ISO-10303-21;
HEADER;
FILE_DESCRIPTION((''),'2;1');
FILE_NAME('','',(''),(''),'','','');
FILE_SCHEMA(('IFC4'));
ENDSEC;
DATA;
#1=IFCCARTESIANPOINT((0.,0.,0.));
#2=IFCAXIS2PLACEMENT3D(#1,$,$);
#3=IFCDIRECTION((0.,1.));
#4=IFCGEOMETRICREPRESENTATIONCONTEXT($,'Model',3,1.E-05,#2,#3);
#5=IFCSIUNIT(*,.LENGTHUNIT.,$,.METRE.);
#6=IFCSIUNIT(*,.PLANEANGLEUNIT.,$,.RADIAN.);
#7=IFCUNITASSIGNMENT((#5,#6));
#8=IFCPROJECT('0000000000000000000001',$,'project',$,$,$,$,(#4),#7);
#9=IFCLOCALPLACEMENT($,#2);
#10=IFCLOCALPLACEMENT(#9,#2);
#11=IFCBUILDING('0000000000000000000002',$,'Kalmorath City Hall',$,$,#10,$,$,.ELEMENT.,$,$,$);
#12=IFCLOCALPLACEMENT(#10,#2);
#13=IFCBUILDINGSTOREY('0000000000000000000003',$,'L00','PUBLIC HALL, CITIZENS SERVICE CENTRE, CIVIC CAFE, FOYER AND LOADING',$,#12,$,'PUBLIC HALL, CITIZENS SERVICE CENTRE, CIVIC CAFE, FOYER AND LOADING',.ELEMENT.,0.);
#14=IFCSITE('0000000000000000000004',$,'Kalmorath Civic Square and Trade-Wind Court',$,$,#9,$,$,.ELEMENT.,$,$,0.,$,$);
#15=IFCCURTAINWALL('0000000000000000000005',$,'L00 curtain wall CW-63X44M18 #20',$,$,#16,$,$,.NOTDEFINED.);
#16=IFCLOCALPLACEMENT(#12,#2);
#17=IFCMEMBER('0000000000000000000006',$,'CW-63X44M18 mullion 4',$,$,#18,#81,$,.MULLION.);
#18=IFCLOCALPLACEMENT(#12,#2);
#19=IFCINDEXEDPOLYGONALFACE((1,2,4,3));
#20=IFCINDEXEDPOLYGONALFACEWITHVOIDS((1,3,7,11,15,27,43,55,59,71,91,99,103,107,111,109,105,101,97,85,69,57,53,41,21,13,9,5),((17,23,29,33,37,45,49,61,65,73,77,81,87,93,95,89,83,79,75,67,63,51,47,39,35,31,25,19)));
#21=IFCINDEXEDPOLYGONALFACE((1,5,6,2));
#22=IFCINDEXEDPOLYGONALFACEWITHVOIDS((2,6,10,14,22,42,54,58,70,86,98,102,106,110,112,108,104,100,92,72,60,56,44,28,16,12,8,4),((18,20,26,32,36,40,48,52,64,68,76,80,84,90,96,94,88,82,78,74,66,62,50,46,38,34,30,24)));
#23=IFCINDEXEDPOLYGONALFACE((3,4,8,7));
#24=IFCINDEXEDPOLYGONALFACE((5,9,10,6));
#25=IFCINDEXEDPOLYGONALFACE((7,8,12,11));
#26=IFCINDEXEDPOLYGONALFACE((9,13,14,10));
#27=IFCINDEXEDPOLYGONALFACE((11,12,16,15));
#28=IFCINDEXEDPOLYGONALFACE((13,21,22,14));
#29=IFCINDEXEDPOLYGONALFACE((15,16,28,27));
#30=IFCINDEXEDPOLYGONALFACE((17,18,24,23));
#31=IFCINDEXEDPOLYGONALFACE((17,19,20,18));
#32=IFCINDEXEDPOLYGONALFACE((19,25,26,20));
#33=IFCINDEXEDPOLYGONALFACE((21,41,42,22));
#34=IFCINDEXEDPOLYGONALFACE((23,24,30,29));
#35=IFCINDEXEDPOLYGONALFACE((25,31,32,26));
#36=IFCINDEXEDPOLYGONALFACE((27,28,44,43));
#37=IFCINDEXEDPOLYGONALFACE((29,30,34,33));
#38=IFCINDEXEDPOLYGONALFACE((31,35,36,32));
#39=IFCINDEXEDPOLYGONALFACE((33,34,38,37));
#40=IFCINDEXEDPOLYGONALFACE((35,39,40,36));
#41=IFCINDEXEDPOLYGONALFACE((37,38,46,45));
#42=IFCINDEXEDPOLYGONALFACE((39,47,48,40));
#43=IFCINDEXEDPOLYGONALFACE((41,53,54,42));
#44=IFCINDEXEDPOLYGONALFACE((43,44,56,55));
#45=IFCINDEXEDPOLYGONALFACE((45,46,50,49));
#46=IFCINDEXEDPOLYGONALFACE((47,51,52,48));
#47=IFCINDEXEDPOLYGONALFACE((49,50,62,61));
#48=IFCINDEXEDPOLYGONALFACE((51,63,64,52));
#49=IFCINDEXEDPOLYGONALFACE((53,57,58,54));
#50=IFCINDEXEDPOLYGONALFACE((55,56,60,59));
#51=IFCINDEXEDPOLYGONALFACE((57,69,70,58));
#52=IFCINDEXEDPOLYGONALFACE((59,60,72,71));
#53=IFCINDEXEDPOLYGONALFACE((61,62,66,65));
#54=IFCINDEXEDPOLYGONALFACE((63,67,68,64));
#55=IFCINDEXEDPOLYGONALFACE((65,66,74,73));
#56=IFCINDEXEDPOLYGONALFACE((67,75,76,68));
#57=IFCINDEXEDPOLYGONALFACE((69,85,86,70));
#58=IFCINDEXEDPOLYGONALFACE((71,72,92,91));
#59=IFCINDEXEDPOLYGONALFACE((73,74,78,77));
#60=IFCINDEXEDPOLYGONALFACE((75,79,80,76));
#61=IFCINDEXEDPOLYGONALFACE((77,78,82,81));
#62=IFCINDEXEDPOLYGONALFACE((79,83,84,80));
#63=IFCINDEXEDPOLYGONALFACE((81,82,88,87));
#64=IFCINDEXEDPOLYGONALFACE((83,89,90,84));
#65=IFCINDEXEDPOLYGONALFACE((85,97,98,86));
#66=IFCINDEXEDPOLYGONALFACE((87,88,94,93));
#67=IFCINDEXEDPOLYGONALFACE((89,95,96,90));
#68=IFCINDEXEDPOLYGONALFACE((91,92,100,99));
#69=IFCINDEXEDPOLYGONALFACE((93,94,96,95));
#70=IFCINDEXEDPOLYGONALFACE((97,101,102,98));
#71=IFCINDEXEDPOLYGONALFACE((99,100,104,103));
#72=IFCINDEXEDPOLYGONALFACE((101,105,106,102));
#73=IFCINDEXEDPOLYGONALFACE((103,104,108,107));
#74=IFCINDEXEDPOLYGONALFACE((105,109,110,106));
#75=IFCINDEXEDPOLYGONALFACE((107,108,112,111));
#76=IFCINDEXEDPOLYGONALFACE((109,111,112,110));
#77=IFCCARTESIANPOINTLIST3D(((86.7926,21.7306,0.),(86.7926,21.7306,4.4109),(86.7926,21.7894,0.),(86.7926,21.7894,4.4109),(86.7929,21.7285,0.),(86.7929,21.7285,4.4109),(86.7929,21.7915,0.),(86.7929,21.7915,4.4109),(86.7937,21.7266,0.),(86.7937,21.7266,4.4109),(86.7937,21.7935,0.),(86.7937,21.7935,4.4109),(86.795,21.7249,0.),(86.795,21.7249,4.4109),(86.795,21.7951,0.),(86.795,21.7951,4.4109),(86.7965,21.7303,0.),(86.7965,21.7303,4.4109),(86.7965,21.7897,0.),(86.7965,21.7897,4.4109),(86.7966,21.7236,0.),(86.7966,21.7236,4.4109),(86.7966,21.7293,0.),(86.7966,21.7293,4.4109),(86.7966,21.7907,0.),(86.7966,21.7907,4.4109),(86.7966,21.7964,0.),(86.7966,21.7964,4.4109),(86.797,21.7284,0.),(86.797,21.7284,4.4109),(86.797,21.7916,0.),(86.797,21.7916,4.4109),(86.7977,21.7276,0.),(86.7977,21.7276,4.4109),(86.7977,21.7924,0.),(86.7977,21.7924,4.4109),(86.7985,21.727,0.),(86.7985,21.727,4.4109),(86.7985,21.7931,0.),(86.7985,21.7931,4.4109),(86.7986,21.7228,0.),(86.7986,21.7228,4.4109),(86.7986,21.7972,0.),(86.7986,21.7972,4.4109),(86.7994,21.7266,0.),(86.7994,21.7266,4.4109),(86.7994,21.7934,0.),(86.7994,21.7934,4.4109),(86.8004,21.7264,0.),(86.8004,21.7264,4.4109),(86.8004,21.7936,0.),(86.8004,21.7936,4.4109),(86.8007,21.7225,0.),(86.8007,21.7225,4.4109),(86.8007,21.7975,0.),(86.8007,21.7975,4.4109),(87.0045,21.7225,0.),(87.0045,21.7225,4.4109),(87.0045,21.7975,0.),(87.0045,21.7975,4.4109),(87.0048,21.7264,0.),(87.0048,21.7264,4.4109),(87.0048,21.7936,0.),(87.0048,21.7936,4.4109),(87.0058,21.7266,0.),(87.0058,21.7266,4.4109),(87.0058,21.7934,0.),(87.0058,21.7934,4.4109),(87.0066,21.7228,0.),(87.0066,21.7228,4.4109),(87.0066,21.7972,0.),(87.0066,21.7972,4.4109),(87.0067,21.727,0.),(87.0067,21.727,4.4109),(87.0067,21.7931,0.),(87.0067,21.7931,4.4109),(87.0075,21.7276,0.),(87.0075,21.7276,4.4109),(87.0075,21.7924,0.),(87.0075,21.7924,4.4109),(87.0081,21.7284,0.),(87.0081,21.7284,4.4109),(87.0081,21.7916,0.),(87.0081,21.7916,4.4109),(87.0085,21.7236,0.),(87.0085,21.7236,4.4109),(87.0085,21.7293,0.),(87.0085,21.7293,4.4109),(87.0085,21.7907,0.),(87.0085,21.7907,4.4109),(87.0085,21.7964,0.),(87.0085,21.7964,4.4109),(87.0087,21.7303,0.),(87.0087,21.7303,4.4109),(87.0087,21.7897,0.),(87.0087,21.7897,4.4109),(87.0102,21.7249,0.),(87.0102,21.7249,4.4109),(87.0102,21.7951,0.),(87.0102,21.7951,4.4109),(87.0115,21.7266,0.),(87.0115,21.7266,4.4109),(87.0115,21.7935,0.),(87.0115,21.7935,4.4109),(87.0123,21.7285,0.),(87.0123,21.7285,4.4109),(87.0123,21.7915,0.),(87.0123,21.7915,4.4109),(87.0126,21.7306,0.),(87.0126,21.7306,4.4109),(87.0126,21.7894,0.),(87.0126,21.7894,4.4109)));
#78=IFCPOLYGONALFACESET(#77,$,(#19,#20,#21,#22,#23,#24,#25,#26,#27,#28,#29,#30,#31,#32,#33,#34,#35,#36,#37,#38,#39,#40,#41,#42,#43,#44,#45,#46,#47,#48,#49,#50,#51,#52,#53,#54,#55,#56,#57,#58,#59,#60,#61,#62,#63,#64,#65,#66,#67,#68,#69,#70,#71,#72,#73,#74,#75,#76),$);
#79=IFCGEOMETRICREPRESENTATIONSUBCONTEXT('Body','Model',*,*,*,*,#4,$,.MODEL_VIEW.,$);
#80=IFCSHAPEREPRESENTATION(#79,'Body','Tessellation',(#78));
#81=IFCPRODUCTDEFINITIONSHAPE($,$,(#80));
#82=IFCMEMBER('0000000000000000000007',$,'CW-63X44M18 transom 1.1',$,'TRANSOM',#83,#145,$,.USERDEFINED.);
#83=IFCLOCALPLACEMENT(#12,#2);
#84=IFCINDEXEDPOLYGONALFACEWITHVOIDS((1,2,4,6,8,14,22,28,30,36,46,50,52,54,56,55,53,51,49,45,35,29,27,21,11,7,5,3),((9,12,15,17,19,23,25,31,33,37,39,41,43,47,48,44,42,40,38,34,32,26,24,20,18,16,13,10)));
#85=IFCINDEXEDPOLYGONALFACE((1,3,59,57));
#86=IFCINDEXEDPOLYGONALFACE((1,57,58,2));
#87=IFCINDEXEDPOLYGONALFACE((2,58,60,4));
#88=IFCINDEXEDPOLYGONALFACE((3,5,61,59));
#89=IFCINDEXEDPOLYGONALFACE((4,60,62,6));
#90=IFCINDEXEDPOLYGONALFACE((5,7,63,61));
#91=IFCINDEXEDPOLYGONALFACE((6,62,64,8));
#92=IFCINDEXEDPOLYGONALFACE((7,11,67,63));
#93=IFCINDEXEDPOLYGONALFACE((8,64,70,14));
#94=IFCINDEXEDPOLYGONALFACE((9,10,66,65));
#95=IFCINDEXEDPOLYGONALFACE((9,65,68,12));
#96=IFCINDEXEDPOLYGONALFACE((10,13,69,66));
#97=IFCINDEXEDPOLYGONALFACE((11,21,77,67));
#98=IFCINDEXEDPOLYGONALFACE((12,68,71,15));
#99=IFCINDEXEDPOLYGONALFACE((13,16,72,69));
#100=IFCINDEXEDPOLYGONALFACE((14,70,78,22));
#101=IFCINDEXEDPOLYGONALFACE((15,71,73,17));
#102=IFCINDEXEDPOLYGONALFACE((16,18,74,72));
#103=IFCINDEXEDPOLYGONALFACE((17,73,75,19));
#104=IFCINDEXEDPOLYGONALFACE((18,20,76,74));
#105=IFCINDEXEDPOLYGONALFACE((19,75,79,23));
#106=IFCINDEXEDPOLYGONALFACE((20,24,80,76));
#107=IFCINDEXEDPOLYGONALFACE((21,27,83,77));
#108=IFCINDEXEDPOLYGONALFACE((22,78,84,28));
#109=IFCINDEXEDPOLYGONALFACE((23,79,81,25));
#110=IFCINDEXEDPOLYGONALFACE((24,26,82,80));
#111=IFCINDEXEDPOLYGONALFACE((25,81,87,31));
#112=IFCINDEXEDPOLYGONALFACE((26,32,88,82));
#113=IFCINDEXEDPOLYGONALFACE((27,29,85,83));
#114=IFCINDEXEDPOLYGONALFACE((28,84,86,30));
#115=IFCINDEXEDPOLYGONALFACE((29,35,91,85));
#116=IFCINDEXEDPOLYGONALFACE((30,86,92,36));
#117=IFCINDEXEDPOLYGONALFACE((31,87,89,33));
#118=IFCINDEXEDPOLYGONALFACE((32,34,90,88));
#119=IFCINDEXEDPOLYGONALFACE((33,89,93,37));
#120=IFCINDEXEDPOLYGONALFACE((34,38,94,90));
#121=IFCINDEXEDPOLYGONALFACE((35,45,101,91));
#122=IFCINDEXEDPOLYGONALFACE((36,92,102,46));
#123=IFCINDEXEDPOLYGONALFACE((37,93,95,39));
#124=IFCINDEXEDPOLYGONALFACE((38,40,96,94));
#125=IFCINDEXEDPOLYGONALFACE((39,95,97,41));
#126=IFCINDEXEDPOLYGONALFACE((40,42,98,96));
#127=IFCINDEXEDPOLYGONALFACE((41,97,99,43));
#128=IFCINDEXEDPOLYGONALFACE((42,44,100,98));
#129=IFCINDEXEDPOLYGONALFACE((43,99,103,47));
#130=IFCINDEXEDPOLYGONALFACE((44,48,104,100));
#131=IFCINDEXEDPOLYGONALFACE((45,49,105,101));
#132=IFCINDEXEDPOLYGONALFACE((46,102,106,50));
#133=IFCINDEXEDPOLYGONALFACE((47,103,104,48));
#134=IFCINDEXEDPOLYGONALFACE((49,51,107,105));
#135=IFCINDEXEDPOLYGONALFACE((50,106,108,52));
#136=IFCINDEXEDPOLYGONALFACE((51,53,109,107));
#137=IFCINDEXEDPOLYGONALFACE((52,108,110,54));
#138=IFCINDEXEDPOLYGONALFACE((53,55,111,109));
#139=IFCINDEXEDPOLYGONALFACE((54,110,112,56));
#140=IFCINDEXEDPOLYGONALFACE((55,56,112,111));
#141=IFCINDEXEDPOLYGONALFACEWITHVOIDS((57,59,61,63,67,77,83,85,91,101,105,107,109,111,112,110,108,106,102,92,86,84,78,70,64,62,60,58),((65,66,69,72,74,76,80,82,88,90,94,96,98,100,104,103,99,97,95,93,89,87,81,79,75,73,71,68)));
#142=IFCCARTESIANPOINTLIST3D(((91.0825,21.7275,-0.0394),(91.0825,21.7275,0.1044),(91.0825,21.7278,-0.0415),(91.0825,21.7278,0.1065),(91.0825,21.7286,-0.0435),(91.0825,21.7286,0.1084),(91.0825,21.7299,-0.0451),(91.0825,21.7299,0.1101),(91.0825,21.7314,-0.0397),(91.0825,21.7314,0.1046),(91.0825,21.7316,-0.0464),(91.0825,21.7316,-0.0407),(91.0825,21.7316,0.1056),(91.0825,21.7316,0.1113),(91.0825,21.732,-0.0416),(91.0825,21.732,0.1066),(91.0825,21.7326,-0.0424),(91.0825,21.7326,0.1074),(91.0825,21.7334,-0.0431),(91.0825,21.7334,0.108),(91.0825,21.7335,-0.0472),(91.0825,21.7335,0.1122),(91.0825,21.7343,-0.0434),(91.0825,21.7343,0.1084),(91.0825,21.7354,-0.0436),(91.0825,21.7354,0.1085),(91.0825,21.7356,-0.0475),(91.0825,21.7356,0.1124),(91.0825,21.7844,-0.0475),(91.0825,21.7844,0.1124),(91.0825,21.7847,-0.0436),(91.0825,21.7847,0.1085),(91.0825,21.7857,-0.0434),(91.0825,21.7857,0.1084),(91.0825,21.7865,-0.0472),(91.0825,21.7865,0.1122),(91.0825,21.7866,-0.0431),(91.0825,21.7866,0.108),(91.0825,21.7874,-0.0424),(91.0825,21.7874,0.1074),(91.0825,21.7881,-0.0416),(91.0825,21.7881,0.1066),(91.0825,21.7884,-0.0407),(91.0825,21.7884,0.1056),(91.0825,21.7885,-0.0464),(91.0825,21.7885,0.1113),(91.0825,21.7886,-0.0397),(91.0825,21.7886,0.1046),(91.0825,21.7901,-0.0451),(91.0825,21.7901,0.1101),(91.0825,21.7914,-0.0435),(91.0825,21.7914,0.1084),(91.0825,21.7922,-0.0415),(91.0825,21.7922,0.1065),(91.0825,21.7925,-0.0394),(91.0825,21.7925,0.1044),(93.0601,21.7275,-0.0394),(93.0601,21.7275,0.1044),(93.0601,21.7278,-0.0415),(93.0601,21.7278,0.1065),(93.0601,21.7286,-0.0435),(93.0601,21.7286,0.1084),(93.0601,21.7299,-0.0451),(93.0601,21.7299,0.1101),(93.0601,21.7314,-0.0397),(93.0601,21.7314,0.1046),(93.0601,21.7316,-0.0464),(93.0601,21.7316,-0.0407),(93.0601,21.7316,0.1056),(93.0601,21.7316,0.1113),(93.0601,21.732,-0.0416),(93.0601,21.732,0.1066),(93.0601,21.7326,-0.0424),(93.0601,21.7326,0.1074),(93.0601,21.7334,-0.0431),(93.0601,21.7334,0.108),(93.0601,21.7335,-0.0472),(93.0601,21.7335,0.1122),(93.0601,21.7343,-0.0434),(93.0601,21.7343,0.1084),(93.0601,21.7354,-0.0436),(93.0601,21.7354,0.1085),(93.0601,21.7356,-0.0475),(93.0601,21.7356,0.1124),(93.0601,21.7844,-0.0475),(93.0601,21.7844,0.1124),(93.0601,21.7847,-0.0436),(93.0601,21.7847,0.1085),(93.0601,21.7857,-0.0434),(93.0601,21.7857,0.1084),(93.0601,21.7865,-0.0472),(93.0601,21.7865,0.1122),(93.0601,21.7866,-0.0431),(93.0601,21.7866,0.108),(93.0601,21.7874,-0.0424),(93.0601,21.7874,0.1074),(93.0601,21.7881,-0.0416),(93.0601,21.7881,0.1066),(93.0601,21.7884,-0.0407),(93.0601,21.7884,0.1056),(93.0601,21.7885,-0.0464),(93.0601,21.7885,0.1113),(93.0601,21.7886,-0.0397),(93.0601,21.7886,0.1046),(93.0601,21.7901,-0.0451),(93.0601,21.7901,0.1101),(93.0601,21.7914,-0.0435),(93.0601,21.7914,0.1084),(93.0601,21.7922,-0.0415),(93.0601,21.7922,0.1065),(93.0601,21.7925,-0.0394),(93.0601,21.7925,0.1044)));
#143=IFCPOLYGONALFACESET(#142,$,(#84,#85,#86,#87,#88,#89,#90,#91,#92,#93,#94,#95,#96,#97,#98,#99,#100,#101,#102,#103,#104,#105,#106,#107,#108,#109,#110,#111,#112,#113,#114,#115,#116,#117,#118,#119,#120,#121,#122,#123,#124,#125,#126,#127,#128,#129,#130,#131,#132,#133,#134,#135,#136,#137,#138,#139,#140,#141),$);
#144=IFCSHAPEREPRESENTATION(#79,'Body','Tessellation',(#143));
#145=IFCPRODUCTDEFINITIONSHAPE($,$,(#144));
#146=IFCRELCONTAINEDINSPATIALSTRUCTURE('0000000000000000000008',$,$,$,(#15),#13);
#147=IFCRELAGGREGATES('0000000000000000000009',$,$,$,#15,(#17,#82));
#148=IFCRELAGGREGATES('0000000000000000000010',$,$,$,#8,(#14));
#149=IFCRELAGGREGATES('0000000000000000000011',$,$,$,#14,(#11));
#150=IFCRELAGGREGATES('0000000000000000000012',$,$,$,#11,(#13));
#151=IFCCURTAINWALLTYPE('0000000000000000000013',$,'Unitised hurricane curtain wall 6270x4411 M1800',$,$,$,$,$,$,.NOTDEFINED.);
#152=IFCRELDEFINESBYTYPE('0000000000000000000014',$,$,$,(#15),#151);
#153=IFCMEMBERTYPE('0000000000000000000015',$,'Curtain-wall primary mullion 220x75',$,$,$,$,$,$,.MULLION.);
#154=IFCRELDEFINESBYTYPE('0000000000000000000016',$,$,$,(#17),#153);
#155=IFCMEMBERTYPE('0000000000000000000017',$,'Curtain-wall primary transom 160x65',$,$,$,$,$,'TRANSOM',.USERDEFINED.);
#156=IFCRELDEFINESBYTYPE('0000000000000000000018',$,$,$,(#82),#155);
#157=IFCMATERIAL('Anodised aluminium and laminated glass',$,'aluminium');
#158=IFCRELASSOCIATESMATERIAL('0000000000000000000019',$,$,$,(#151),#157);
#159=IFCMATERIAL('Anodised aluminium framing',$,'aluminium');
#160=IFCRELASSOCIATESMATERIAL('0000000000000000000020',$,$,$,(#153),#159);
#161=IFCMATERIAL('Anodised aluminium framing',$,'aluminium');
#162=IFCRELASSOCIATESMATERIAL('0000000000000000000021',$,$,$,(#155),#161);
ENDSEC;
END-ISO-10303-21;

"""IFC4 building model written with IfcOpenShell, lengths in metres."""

from ifc_helpers import new_model, si_unit, direction, frame, origin, origin_2d, place, context, subcontext, project, spatial, hollow_rectangle, extrude, material, material_profile, profile_set, type_object, element, aggregate, save


model = new_model("IFC4")

# Units and contexts
model_context = context("Model", 3, precision=1e-05, world=origin(), true_north=direction((0.0, 1.0)))
body_context = subcontext(model_context, "Body", "Model", "MODEL_VIEW")
ifc_project = project(units=[si_unit("LENGTHUNIT", "METRE"), si_unit("PLANEANGLEUNIT", "RADIAN")], contexts=[model_context])

# Site, building, storey
site_placement = place(None, origin())
site = spatial("IfcSite", under=ifc_project, at=site_placement, Name="Kalmorath Civic Square and Trade-Wind Court", CompositionType="ELEMENT", RefElevation=0.0)
building_placement = place(site_placement, origin())
building = spatial("IfcBuilding", under=site, at=building_placement, Name="Kalmorath City Hall", CompositionType="ELEMENT")
storey_placement = place(building_placement, origin())
storey = spatial("IfcBuildingStorey", under=building, at=storey_placement, Name="L00", Description="PUBLIC HALL, CITIZENS SERVICE CENTRE, CIVIC CAFE, FOYER AND LOADING", LongName="PUBLIC HALL, CITIZENS SERVICE CENTRE, CIVIC CAFE, FOYER AND LOADING", CompositionType="ELEMENT", Elevation=0.0)

# Curtain wall, members
ifc_material_1 = material(Name="Anodised aluminium and laminated glass", Category="aluminium")
curtain_wall_type = type_object("IfcCurtainWallType", Name="Unitised hurricane curtain wall 6270x4411 M1800", PredefinedType="NOTDEFINED", material=ifc_material_1)
curtain_wall_placement = place(storey_placement, origin())
curtain_wall = element("IfcCurtainWall", 1, at=curtain_wall_placement, inside=storey, type_object=curtain_wall_type, Name="L00 curtain wall CW-63X44M18 #20", PredefinedType="NOTDEFINED")
ifc_material_2 = material(Name="Anodised aluminium framing", Category="aluminium")
ifc_material_profile_1 = material_profile(ifc_material_2, hollow_rectangle(XDim=0.075, YDim=0.22, WallThickness=0.0039, InnerFilletRadius=0.0039, OuterFilletRadius=0.0081, at=origin_2d()), Name="ALU-MUL-220X75X4")
ifc_profile_set_1 = profile_set([ifc_material_profile_1], Name="Anodised aluminium framing")
member_type_1 = type_object("IfcMemberType", Name="Curtain-wall primary mullion 220x75", PredefinedType="MULLION", material=ifc_profile_set_1)
member_1_placement = place(storey_placement, frame((86.9026, 21.76, 0.0), z_axis=(0.0, 0.0, 1.0), x_axis=(0.0, -1.0, 0.0)))
member_1 = element("IfcMember", 2, at=member_1_placement, type_object=member_type_1, Name="CW-63X44M18 mullion 4", PredefinedType="MULLION", context=body_context, shape_type="SweptSolid", body=[
    extrude(hollow_rectangle(XDim=0.075, YDim=0.22, WallThickness=0.0039, InnerFilletRadius=0.0039, OuterFilletRadius=0.0081, at=origin_2d()), origin(), (0.0, 0.0, 1.0), 4.4109),
])
ifc_material_3 = material(Name="Anodised aluminium framing", Category="aluminium")
ifc_material_profile_2 = material_profile(ifc_material_3, hollow_rectangle(XDim=0.0649, YDim=0.1599, WallThickness=0.0039, InnerFilletRadius=0.0039, OuterFilletRadius=0.0081, at=origin_2d()), Name="ALU-TRN-160X65X4")
ifc_profile_set_2 = profile_set([ifc_material_profile_2], Name="Anodised aluminium framing")
member_type_2 = type_object("IfcMemberType", Name="Curtain-wall primary transom 160x65", ElementType="TRANSOM", PredefinedType="USERDEFINED", material=ifc_profile_set_2)
member_2_placement = place(storey_placement, frame((93.0601, 21.76, 0.0325), z_axis=(-1.0, 0.0, 0.0), x_axis=(0.0, -1.0, 0.0)))
member_2 = element("IfcMember", 3, at=member_2_placement, type_object=member_type_2, Name="CW-63X44M18 transom 1.1", ObjectType="TRANSOM", PredefinedType="USERDEFINED", context=body_context, shape_type="SweptSolid", body=[
    extrude(hollow_rectangle(XDim=0.0649, YDim=0.1599, WallThickness=0.0039, InnerFilletRadius=0.0039, OuterFilletRadius=0.0081, at=origin_2d()), origin(), (0.0, 0.0, 1.0), 1.9775),
])
aggregate(curtain_wall, [member_1, member_2])

save(model, "model.ifc")
